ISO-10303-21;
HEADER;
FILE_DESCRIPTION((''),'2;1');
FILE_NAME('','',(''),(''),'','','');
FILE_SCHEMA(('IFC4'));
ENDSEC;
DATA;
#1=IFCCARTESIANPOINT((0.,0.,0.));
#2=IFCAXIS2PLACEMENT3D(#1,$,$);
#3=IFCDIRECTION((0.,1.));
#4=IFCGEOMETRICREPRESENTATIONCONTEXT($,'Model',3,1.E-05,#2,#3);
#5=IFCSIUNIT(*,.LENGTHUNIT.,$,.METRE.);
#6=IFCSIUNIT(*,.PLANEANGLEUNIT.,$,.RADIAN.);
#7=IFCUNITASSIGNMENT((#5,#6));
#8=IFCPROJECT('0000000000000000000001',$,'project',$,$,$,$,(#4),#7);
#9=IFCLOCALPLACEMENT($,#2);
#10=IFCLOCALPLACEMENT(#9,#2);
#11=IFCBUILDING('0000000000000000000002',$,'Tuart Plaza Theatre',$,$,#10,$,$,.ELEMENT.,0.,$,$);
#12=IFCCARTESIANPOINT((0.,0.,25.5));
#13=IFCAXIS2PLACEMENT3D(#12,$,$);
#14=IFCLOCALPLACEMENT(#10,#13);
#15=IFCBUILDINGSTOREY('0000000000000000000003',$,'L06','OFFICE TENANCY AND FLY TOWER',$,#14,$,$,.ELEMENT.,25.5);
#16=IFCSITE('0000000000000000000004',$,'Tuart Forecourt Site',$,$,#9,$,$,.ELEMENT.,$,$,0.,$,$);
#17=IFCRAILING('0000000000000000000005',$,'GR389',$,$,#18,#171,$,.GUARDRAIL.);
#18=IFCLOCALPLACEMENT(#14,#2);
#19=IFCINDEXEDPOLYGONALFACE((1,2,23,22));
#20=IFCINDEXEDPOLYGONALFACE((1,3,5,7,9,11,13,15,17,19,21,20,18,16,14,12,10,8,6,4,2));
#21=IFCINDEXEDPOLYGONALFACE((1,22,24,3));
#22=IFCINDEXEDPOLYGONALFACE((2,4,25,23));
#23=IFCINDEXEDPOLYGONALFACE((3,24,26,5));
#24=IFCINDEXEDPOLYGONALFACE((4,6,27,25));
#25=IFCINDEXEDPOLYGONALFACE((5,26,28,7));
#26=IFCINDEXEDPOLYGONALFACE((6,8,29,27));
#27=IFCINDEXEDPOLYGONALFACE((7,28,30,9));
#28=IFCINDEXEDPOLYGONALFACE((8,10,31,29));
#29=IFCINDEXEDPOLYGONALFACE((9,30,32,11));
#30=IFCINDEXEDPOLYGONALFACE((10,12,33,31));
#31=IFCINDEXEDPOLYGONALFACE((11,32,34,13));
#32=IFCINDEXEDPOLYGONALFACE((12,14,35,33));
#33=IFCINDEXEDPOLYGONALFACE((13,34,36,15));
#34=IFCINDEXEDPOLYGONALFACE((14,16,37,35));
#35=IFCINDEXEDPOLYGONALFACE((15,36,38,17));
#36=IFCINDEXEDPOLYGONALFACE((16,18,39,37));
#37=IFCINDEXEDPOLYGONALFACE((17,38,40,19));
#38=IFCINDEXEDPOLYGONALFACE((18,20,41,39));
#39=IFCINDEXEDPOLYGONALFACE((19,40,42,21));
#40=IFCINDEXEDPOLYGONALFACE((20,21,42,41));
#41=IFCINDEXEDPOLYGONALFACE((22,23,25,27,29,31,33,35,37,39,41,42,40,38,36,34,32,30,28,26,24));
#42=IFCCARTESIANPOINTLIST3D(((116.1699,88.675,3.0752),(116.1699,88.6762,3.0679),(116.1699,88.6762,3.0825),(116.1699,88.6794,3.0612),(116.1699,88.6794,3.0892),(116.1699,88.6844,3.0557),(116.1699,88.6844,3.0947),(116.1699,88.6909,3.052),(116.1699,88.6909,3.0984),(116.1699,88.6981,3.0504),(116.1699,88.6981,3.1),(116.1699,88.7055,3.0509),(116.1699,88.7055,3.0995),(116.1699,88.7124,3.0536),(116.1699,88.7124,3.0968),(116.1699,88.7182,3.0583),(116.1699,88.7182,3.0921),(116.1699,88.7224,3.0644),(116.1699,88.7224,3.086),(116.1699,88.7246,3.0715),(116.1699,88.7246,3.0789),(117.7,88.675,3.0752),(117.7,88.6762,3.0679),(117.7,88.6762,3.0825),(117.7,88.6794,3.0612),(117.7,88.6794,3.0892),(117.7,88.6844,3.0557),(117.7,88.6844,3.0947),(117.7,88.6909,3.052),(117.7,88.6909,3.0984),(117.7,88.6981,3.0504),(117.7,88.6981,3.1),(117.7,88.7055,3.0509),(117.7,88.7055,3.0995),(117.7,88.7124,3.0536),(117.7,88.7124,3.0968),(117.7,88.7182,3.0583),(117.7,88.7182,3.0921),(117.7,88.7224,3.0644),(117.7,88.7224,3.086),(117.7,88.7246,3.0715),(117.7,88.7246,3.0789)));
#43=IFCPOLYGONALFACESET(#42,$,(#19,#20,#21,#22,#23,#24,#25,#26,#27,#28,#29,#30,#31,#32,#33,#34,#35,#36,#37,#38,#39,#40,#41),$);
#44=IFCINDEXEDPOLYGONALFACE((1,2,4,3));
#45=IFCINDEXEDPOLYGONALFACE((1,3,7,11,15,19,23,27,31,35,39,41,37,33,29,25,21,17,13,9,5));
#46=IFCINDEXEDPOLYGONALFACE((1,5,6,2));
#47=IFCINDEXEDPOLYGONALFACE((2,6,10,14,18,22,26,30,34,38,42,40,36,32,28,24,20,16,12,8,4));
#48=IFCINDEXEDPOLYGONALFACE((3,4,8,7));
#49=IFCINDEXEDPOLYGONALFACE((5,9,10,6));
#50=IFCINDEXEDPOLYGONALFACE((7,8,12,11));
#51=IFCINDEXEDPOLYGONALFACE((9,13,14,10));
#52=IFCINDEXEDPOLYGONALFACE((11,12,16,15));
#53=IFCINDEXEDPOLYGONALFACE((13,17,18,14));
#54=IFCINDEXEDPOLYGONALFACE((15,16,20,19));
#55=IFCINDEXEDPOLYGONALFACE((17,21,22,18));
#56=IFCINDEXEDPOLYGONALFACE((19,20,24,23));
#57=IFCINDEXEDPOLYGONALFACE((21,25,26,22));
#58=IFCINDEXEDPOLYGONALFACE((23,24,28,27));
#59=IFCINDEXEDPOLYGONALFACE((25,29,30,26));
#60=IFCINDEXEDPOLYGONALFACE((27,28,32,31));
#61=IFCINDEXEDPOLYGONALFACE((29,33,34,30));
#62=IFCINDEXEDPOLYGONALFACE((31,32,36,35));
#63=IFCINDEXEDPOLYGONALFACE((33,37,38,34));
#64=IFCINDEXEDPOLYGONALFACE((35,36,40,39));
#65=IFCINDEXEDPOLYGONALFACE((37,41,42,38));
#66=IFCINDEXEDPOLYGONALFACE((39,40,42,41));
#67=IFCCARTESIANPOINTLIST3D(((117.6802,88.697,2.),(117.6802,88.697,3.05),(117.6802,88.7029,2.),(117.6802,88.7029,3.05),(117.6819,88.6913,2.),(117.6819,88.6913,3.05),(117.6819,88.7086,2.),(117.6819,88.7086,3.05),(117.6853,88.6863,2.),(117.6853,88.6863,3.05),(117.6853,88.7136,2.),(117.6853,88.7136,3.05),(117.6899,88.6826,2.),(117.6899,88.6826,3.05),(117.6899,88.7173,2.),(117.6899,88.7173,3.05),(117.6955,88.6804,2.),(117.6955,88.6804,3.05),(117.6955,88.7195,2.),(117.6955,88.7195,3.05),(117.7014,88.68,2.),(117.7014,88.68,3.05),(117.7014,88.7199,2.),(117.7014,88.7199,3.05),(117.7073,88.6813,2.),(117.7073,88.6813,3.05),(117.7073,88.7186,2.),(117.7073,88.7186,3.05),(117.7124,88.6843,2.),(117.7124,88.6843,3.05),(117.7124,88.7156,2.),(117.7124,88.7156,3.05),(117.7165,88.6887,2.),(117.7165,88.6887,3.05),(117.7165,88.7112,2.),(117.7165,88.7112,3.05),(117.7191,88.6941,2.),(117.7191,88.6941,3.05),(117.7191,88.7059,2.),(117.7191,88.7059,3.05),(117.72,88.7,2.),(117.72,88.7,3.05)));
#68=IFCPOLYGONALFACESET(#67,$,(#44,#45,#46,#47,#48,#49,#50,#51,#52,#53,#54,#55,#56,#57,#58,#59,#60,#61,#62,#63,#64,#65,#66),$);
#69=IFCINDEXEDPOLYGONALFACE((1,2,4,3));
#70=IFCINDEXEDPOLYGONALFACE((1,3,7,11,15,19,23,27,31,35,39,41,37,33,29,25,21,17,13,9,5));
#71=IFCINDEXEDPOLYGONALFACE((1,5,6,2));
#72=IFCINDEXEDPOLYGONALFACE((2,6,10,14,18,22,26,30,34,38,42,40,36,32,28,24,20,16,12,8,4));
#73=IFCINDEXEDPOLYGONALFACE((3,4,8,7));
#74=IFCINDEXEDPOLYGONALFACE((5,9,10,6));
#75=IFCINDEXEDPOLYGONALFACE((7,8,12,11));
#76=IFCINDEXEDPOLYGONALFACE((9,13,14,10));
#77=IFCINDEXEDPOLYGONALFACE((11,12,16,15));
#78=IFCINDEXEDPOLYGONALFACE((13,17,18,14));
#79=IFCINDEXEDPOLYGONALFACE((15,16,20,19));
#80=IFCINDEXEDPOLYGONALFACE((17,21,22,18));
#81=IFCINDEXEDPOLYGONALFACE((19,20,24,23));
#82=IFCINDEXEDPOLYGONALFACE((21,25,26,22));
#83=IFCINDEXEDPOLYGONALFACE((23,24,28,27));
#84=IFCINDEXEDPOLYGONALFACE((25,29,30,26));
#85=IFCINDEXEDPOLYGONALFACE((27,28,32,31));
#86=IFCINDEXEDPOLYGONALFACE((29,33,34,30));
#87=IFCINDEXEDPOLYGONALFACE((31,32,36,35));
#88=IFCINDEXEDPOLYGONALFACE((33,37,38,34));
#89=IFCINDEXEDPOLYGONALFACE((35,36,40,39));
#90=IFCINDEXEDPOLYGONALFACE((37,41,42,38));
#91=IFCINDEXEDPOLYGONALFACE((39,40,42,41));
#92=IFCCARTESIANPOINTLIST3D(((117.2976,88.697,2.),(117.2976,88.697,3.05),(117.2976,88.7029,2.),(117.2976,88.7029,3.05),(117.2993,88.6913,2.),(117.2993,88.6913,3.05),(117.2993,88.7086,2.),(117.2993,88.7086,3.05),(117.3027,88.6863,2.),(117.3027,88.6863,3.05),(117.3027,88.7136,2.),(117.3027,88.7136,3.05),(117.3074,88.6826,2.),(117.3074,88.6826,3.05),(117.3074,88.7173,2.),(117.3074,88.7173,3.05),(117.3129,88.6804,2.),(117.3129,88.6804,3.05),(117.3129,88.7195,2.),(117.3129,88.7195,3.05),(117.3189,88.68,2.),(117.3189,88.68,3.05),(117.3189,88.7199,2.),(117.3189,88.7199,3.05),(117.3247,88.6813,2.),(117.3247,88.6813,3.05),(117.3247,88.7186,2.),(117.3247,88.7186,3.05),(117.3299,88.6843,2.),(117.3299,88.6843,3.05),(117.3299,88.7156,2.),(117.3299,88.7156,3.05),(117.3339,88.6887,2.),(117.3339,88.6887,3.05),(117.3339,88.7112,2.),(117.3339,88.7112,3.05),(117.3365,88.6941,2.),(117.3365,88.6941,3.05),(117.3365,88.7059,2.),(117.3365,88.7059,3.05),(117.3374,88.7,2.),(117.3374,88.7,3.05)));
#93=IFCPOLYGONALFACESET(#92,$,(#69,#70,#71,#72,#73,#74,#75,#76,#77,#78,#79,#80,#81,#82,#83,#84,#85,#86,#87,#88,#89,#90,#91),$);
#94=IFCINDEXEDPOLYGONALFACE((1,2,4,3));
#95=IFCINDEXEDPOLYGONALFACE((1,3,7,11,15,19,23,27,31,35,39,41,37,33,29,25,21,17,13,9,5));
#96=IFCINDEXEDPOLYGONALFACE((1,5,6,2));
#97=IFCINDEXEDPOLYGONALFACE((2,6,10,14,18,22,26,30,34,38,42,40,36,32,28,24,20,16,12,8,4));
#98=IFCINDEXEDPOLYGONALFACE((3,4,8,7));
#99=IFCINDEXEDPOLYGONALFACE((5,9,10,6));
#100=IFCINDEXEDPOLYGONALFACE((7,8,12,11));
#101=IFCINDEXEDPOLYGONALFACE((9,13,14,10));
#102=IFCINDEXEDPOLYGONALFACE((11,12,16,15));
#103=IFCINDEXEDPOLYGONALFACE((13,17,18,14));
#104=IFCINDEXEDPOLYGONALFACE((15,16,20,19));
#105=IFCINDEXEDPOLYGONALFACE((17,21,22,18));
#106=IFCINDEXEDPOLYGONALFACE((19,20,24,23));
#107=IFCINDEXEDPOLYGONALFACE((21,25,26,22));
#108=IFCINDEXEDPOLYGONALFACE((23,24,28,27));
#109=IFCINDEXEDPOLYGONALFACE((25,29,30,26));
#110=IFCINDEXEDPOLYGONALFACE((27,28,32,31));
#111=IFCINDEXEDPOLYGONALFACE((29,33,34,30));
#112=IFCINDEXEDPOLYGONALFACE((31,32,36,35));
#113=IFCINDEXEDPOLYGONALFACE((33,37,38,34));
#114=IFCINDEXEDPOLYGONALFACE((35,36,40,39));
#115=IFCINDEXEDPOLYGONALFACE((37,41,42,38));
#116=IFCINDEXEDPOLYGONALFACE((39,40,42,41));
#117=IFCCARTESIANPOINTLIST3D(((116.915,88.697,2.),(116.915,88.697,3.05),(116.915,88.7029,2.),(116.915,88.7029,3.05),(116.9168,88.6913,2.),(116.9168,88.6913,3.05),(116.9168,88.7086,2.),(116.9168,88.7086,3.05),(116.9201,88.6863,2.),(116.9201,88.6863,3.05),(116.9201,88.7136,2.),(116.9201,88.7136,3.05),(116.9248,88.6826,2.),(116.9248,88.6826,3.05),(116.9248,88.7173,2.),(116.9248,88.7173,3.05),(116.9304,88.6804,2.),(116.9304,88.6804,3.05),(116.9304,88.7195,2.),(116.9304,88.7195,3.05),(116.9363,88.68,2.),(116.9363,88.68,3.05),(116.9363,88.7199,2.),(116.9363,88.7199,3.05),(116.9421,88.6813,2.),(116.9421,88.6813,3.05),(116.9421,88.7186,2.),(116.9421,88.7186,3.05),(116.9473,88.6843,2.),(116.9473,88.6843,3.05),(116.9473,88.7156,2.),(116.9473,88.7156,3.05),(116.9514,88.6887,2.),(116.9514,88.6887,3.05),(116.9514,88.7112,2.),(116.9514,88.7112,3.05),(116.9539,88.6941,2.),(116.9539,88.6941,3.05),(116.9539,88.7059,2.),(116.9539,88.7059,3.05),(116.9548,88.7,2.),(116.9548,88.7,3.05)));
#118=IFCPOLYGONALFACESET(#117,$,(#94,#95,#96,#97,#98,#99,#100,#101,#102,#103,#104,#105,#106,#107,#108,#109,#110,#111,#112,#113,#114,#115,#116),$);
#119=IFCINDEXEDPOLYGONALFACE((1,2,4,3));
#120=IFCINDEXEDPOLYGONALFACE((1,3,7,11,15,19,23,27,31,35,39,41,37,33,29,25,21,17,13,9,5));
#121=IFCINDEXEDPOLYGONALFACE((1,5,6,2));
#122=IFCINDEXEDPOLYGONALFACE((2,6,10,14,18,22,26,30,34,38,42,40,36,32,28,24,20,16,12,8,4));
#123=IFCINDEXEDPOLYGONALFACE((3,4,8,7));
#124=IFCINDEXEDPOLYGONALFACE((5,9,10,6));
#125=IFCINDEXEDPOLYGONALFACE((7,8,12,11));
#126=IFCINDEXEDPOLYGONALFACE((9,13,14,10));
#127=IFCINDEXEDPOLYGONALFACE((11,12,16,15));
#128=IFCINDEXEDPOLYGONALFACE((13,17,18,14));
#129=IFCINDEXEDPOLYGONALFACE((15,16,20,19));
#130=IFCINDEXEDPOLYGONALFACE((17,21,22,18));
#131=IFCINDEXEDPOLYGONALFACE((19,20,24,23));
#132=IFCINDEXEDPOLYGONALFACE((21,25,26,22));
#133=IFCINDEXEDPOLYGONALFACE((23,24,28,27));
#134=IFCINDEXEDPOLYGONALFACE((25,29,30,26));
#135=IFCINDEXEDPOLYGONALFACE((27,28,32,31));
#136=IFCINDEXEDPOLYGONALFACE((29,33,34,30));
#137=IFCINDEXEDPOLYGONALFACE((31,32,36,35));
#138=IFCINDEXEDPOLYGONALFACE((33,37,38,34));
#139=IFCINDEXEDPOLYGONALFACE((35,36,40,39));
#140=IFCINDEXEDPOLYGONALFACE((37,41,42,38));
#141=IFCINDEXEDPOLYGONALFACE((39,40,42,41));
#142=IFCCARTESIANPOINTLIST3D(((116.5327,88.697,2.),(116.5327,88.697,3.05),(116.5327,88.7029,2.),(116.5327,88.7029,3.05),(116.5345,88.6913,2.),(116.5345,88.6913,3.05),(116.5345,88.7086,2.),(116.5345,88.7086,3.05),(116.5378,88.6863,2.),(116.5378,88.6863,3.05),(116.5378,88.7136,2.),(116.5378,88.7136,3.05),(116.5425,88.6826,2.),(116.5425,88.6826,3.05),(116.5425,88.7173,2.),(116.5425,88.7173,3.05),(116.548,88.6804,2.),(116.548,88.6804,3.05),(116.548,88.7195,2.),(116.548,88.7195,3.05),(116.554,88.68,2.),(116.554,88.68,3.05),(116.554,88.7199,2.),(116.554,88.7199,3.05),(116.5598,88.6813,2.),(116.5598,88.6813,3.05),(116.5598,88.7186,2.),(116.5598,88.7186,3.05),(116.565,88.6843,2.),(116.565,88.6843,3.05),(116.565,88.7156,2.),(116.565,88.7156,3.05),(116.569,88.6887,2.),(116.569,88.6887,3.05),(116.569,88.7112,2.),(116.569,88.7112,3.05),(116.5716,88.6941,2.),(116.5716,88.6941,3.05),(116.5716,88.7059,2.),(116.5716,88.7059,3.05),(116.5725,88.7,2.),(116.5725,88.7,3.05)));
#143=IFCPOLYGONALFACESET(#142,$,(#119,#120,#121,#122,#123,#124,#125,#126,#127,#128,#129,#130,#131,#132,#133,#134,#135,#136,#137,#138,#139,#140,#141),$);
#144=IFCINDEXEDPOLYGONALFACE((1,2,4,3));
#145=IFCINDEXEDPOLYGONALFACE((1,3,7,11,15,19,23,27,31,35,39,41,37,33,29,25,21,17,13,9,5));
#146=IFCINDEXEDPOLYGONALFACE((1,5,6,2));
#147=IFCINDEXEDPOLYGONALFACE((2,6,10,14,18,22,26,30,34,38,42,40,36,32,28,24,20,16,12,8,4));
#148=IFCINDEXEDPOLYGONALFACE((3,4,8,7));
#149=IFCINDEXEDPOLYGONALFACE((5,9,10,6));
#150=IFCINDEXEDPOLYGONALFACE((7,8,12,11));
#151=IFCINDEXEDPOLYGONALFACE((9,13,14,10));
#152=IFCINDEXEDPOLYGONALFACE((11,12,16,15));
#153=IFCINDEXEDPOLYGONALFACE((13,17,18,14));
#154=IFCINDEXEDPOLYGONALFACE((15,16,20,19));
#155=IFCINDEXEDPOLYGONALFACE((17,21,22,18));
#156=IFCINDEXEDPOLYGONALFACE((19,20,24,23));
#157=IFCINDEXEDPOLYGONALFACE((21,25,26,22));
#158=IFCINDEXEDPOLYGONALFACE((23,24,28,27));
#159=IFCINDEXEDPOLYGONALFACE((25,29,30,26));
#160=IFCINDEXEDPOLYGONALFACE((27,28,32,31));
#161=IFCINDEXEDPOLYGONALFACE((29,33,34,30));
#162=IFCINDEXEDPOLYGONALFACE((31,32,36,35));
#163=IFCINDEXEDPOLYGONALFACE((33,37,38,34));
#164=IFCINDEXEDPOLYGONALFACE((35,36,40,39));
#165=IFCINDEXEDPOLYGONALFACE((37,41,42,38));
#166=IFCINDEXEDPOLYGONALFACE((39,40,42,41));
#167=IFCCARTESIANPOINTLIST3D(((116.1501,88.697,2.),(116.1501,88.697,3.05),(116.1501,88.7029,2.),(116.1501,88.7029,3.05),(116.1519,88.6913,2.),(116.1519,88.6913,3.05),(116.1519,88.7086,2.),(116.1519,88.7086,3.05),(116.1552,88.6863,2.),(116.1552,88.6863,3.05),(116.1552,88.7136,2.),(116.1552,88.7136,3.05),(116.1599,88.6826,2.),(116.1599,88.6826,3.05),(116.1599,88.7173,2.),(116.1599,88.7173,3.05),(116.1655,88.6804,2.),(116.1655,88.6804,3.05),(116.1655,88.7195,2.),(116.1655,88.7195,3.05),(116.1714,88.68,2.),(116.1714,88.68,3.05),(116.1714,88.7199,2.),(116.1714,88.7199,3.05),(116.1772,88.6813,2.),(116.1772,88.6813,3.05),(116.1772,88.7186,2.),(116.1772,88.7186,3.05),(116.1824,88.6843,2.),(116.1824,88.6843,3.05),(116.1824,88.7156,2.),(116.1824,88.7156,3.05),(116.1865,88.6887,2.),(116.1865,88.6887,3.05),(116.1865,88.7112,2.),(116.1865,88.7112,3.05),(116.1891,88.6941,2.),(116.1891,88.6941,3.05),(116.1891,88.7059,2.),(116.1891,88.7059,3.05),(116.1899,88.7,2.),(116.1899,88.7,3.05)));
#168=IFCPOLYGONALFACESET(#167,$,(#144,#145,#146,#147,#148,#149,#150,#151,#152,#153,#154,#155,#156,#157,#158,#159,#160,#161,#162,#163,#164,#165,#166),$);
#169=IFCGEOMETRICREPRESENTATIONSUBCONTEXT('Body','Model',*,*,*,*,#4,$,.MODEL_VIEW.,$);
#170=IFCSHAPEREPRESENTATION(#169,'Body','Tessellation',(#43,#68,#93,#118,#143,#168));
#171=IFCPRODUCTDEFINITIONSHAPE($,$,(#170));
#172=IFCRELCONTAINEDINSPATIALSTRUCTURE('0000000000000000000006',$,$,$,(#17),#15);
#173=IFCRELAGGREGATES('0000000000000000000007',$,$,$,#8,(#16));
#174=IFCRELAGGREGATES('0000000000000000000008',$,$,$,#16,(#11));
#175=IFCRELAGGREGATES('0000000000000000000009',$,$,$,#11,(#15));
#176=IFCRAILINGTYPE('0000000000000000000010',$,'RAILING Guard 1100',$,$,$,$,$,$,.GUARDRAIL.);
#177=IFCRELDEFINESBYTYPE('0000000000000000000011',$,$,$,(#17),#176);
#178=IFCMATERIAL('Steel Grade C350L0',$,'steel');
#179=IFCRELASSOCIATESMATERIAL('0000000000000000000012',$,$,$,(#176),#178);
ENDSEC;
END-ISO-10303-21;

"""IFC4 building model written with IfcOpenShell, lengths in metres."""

from ifc_helpers import new_model, si_unit, direction, frame, origin, origin_2d, place, context, subcontext, project, spatial, circle, extrude, material, type_object, element, save


model = new_model("IFC4")

# Units and contexts
model_context = context("Model", 3, precision=1e-05, world=origin(), true_north=direction((0.0, 1.0)))
body_context = subcontext(model_context, "Body", "Model", "MODEL_VIEW")
ifc_project = project(units=[si_unit("LENGTHUNIT", "METRE"), si_unit("PLANEANGLEUNIT", "RADIAN")], contexts=[model_context])

# Site, building, storey
site_placement = place(None, origin())
site = spatial("IfcSite", under=ifc_project, at=site_placement, Name="Tuart Forecourt Site", CompositionType="ELEMENT", RefElevation=0.0)
building_placement = place(site_placement, origin())
building = spatial("IfcBuilding", under=site, at=building_placement, Name="Tuart Plaza Theatre", CompositionType="ELEMENT", ElevationOfRefHeight=0.0)
storey_placement = place(building_placement, frame((0.0, 0.0, 25.5)))
storey = spatial("IfcBuildingStorey", under=building, at=storey_placement, Name="L06", Description="OFFICE TENANCY AND FLY TOWER", CompositionType="ELEMENT", Elevation=25.5)

# Railing
ifc_material_1 = material(Name="Steel Grade C350L0", Category="steel")
railing_type = type_object("IfcRailingType", Name="RAILING Guard 1100", PredefinedType="GUARDRAIL", material=ifc_material_1)
railing_1_placement = place(storey_placement, frame((117.7, 88.7, 2.0)))
element("IfcRailing", 1, at=railing_1_placement, inside=storey, type_object=railing_type, Name="GR389", PredefinedType="GUARDRAIL", context=body_context, shape_type="SweptSolid", body=[
    extrude(circle(Radius=0.0249, at=origin_2d()), frame((0.0, 0.0, 1.0752), z_axis=(-1.0, 0.0, 0.0), x_axis=(0.0, -1.0, 0.0)), (0.0, 0.0, 1.0), 1.53),
    extrude(circle(Radius=0.02, at=origin_2d()), origin(), (0.0, 0.0, 1.0), 1.05),
    extrude(circle(Radius=0.02, at=origin_2d()), frame((-0.3826, 0.0, 0.0)), (0.0, 0.0, 1.0), 1.05),
    extrude(circle(Radius=0.02, at=origin_2d()), frame((-0.7651, 0.0, 0.0)), (0.0, 0.0, 1.0), 1.05),
    extrude(circle(Radius=0.02, at=origin_2d()), frame((-1.1475, 0.0, 0.0)), (0.0, 0.0, 1.0), 1.05),
    extrude(circle(Radius=0.02, at=origin_2d()), frame((-1.53, 0.0, 0.0)), (0.0, 0.0, 1.0), 1.05),
])

save(model, "model.ifc")
